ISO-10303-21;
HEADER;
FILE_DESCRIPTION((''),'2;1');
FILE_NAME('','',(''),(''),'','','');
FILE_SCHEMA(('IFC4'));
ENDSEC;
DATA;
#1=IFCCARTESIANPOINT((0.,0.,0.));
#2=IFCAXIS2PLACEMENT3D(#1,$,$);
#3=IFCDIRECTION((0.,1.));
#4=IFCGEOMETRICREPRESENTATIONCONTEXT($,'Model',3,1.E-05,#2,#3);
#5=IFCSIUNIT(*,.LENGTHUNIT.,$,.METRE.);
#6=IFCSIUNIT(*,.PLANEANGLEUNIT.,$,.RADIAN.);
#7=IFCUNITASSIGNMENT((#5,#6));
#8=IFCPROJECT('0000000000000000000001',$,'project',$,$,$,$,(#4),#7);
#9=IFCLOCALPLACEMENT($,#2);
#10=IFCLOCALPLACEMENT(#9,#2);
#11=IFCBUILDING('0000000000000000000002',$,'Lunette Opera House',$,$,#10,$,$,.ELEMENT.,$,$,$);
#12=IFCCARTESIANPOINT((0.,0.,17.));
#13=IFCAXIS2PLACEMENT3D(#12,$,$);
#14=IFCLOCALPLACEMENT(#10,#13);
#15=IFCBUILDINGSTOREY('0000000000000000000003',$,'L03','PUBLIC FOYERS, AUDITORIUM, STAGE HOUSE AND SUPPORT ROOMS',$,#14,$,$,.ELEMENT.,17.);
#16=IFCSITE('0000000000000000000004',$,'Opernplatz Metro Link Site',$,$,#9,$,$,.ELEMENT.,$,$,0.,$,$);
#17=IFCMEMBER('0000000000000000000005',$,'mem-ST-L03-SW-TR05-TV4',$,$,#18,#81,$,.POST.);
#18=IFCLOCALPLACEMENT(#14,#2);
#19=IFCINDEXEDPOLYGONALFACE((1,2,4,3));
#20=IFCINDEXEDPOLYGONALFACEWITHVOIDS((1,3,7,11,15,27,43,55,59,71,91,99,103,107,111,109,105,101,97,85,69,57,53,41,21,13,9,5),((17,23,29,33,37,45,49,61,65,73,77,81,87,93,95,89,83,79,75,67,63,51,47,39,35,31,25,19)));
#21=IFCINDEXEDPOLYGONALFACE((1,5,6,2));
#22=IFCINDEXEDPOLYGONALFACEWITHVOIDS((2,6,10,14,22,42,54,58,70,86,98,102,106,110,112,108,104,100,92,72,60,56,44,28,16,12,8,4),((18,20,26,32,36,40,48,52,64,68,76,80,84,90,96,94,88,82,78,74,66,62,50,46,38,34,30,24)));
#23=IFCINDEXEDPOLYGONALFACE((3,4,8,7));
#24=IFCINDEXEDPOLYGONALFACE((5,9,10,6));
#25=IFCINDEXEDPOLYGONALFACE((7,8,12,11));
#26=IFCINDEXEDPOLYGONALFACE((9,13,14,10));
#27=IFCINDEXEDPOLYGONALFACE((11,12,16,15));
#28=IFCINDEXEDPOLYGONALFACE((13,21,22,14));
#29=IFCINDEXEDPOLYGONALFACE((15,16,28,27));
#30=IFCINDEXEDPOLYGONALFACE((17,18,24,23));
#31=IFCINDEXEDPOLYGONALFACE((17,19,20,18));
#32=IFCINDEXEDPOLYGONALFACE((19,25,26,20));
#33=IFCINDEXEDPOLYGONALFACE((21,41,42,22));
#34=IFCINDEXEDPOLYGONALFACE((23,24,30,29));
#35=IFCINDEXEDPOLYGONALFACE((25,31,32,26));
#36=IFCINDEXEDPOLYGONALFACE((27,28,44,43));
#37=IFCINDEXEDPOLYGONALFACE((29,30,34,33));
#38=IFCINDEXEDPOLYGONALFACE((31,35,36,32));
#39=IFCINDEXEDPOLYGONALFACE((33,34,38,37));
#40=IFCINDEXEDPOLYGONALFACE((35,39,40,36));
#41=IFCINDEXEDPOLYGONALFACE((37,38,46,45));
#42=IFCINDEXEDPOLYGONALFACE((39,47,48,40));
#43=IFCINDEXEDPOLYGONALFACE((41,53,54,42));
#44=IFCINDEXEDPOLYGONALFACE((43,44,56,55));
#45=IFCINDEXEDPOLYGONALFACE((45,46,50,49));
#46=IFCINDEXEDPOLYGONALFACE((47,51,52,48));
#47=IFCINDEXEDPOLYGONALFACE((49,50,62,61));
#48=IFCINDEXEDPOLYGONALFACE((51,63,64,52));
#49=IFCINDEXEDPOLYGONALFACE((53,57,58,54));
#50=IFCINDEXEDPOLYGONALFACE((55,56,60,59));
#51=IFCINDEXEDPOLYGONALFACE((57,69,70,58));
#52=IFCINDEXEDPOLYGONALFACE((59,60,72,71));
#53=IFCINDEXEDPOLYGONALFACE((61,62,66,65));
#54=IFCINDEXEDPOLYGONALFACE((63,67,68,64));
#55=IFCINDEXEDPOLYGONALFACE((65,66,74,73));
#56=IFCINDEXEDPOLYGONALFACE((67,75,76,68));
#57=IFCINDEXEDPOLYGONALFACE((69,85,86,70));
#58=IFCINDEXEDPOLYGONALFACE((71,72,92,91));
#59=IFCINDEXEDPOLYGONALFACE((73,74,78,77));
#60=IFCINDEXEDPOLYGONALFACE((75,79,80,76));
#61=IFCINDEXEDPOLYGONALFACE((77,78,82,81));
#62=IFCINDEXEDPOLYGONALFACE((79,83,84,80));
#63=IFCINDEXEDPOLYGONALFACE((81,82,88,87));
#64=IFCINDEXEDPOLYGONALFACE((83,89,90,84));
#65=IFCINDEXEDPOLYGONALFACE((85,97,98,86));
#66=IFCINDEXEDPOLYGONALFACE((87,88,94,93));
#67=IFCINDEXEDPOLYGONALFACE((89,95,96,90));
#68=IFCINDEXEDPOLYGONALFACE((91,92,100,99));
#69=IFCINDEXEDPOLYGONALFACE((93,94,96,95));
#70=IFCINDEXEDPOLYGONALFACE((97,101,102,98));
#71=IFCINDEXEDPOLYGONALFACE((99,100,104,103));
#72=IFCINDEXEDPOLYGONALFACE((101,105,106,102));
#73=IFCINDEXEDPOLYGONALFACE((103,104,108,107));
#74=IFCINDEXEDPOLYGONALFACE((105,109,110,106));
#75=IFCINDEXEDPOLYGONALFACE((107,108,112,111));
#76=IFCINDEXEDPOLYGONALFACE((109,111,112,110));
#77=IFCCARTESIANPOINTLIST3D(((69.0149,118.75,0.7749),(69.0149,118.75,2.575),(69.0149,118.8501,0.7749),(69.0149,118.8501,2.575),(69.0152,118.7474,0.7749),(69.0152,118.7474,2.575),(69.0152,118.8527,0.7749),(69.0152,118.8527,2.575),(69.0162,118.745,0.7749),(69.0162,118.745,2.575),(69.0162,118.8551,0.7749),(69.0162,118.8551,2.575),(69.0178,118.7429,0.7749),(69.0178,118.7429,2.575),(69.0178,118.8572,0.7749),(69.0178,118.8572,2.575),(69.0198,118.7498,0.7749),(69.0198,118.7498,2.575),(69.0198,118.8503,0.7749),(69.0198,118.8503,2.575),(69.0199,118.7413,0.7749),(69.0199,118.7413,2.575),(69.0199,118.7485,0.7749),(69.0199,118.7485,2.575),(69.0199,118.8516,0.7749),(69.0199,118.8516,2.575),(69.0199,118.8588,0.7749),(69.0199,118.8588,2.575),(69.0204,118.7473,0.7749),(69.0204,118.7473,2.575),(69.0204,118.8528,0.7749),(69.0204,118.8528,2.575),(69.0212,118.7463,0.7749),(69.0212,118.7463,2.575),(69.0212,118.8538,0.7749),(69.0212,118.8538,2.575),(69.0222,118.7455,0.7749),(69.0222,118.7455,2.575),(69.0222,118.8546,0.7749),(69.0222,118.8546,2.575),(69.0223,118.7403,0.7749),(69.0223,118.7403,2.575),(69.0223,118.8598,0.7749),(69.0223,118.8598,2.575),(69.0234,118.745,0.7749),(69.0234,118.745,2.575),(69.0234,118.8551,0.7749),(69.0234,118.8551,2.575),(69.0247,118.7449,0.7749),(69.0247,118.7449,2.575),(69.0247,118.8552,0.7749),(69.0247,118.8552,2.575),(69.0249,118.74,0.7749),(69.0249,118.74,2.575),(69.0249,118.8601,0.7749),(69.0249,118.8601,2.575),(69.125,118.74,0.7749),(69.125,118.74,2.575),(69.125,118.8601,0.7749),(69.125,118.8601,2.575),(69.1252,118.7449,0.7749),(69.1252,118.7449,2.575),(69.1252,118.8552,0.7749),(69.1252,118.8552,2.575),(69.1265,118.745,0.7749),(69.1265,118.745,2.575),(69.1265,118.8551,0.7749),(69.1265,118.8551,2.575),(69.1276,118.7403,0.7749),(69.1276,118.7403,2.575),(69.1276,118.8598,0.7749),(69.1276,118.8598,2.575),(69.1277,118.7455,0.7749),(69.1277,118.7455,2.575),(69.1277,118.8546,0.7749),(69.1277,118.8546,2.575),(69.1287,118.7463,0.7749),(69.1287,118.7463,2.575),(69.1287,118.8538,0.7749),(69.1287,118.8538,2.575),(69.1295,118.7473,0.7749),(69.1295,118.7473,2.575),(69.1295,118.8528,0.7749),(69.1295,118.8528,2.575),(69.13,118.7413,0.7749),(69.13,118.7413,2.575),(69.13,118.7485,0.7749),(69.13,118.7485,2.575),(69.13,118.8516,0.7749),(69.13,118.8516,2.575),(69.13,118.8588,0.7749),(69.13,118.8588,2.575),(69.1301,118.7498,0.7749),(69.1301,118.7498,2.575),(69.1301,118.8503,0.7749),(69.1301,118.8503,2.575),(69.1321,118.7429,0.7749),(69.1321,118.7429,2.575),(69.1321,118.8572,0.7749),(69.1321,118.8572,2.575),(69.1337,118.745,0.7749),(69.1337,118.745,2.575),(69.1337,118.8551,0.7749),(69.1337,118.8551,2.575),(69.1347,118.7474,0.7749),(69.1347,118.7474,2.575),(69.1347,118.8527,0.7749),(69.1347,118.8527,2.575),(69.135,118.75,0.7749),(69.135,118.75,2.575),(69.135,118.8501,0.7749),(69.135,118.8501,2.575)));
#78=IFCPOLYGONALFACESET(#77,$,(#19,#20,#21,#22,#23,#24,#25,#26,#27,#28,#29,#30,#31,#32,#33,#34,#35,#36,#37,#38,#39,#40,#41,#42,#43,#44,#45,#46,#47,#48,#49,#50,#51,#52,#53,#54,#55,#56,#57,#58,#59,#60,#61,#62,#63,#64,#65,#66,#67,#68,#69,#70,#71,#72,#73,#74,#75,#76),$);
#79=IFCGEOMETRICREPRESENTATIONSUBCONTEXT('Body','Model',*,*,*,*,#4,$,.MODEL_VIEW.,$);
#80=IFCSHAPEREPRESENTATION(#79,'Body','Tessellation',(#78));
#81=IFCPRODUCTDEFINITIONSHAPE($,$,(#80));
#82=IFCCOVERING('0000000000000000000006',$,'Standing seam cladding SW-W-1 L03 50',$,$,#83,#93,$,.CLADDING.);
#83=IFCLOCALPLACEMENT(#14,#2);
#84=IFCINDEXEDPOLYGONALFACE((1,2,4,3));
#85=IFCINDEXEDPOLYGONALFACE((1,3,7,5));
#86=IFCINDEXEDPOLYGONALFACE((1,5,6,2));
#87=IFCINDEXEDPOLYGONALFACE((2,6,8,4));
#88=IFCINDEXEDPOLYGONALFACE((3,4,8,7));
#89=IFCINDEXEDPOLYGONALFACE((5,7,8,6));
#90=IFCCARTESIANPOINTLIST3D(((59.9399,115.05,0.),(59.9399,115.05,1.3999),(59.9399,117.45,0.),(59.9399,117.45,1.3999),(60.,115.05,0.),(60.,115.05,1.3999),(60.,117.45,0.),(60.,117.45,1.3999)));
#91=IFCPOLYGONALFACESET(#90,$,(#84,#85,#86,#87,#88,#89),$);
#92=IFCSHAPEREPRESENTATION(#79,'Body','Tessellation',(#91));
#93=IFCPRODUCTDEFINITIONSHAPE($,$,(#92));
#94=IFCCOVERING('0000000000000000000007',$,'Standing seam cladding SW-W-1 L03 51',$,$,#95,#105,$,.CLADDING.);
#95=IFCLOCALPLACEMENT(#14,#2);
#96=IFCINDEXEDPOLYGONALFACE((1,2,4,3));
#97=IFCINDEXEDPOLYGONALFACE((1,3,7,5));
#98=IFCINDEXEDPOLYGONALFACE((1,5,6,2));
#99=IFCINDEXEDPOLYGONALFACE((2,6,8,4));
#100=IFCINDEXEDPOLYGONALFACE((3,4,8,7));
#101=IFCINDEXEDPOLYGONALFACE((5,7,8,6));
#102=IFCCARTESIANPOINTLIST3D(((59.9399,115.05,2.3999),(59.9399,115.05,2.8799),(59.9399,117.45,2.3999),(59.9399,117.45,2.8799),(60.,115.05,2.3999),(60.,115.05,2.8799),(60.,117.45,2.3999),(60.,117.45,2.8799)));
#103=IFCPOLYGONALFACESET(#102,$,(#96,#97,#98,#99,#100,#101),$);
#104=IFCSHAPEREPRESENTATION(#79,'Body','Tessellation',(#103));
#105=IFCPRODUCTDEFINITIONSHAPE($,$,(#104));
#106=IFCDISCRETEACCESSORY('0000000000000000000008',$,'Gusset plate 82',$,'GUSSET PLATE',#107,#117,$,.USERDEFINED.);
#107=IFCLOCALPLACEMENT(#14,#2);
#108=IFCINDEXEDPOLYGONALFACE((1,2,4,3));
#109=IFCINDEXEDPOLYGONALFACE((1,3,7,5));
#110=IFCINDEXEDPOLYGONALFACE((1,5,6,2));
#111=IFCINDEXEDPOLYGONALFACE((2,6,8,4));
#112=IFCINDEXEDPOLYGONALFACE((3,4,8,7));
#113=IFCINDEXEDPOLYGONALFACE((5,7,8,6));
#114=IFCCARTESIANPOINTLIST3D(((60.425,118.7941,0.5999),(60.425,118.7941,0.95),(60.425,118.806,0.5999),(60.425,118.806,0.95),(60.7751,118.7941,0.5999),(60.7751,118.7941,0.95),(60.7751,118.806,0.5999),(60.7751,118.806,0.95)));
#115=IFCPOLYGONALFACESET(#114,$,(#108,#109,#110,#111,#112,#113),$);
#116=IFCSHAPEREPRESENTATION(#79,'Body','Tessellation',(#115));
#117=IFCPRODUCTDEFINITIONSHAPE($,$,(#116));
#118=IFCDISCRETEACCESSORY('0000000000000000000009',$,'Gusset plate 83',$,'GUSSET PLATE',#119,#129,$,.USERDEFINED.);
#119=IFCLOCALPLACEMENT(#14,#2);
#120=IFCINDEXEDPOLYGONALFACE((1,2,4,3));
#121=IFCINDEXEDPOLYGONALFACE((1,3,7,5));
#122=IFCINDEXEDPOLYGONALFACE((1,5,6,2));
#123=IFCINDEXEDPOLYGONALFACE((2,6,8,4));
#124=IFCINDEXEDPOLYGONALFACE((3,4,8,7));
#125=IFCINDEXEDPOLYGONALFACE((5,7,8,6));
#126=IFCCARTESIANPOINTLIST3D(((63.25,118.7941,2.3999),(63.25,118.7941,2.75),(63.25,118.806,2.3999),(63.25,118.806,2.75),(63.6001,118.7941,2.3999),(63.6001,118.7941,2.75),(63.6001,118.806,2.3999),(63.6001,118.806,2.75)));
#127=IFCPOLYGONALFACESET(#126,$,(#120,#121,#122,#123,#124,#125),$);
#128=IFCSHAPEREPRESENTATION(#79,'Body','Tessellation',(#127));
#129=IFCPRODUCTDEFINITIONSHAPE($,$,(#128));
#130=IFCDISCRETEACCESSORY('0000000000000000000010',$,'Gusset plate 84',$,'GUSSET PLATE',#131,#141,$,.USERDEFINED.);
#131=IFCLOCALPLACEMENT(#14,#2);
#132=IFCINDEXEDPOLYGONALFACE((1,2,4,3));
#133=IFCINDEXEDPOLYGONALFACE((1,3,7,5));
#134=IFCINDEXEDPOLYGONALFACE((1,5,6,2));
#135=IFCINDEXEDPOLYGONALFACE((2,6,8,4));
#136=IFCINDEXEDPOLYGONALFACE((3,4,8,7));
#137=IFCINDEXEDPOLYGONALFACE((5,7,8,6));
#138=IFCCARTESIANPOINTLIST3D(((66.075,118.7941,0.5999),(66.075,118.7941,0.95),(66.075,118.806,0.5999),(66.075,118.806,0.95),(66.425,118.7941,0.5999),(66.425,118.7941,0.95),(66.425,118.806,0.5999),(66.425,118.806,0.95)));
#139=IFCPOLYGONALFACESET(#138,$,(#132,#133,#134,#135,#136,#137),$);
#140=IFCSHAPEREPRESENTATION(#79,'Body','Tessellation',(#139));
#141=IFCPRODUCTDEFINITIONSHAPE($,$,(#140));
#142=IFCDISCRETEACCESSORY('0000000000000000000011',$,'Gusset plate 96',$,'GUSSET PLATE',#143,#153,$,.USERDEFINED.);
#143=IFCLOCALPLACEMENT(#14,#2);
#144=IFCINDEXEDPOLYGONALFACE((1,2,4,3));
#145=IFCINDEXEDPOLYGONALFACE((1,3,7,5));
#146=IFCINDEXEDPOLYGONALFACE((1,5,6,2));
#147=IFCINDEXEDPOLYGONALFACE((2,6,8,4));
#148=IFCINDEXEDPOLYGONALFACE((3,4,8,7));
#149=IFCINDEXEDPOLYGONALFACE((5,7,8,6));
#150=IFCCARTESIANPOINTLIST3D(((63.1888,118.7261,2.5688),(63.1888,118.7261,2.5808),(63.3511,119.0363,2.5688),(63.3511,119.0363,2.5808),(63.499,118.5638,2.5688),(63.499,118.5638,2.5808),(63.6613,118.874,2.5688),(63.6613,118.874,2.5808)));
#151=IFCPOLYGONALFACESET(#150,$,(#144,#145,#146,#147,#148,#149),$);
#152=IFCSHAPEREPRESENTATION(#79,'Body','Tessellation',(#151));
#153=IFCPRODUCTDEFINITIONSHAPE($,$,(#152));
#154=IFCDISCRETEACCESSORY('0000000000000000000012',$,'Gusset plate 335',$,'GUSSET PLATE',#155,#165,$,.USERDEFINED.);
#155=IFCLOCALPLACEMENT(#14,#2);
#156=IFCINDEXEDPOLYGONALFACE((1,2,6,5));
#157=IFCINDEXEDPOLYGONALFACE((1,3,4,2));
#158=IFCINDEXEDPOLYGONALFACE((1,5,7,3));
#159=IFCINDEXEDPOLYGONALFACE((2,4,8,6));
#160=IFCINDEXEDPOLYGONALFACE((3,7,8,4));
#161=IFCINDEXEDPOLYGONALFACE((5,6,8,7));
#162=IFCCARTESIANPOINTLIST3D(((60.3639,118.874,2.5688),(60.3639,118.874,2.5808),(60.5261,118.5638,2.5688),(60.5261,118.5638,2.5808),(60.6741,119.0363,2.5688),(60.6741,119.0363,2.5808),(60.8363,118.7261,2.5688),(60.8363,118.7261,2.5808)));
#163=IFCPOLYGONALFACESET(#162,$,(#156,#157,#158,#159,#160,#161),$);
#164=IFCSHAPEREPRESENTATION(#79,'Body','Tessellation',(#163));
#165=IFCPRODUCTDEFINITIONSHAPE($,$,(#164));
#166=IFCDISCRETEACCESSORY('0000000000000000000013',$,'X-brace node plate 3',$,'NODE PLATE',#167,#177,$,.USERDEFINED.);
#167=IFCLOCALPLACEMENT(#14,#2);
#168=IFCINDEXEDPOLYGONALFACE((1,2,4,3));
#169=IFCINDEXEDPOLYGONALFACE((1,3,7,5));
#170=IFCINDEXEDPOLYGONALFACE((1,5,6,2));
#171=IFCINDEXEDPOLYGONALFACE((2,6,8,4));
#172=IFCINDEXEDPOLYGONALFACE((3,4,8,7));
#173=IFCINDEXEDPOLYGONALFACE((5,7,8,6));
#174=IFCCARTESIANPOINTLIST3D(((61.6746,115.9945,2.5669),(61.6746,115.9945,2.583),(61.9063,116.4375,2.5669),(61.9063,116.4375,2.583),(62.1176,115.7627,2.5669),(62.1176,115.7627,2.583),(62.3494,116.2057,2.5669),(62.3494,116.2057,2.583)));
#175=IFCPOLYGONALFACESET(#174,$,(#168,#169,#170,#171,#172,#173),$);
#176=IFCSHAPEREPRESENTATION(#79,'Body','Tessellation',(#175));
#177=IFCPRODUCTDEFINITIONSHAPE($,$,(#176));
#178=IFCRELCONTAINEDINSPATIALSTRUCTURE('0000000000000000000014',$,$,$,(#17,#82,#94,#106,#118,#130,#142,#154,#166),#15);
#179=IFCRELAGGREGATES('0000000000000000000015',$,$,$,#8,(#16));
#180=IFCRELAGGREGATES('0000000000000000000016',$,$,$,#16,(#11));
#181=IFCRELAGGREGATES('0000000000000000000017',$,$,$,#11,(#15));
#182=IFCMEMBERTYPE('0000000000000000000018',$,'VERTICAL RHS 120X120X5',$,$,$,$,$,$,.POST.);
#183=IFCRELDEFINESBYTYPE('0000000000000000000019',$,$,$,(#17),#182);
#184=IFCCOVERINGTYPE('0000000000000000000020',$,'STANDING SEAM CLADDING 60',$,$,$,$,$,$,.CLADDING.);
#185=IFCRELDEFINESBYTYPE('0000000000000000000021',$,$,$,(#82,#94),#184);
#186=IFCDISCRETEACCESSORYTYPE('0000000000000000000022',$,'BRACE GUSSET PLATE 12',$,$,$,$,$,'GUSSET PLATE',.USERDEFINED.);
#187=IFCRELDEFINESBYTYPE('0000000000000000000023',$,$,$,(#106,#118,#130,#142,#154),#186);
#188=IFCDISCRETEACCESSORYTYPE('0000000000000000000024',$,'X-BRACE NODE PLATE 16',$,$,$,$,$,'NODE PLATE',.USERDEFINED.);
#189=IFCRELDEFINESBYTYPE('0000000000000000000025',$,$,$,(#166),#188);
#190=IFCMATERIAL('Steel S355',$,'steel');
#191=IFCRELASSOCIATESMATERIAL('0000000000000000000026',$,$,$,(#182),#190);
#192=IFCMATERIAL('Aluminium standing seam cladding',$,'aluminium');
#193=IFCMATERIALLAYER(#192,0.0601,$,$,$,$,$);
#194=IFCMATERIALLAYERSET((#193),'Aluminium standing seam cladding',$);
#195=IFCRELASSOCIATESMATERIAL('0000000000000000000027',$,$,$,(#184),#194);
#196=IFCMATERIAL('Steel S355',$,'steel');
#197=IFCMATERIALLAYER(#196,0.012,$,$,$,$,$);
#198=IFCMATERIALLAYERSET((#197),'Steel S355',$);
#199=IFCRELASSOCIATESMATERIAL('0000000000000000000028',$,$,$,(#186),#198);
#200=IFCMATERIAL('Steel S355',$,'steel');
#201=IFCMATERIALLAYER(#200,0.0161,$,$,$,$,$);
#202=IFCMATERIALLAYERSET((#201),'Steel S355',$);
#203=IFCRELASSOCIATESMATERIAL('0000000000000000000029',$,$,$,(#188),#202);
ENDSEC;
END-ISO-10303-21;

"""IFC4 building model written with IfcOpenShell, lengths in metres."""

from ifc_helpers import new_model, si_unit, direction, frame, origin, origin_2d, place, context, subcontext, project, spatial, rectangle, hollow_rectangle, extrude, material, layer, layer_set, material_profile, profile_set, type_object, element, save


model = new_model("IFC4")

# Units and contexts
model_context = context("Model", 3, precision=1e-05, world=origin(), true_north=direction((0.0, 1.0)))
body_context = subcontext(model_context, "Body", "Model", "MODEL_VIEW")
ifc_project = project(units=[si_unit("LENGTHUNIT", "METRE"), si_unit("PLANEANGLEUNIT", "RADIAN")], contexts=[model_context])

# Site, building, storey
site_placement = place(None, origin())
site = spatial("IfcSite", under=ifc_project, at=site_placement, Name="Opernplatz Metro Link Site", CompositionType="ELEMENT", RefElevation=0.0)
building_placement = place(site_placement, origin())
building = spatial("IfcBuilding", under=site, at=building_placement, Name="Lunette Opera House", CompositionType="ELEMENT")
storey_placement = place(building_placement, frame((0.0, 0.0, 17.0)))
storey = spatial("IfcBuildingStorey", under=building, at=storey_placement, Name="L03", Description="PUBLIC FOYERS, AUDITORIUM, STAGE HOUSE AND SUPPORT ROOMS", CompositionType="ELEMENT", Elevation=17.0)

# Member
ifc_material_1 = material(Name="Steel S355", Category="steel")
ifc_material_profile_1 = material_profile(ifc_material_1, hollow_rectangle(XDim=0.1201, YDim=0.1201, WallThickness=0.0049, InnerFilletRadius=0.0049, OuterFilletRadius=0.01, at=origin_2d()), Name="RHS 120X120X5")
ifc_profile_set_1 = profile_set([ifc_material_profile_1], Name="Steel S355")
member_type_1 = type_object("IfcMemberType", Name="VERTICAL RHS 120X120X5", PredefinedType="POST", material=ifc_profile_set_1)
for number, where, z_axis, x_axis, name in (
    (1, (69.075, 118.8, 0.7749), (0.0, 0.0, 1.0), (1.0, 0.0, 0.0), "mem-ST-L03-SW-TR05-TV4"),
):
    element("IfcMember", number, at=place(storey_placement, frame(where, z_axis=z_axis, x_axis=x_axis)), inside=storey, type_object=member_type_1, Name=name, PredefinedType="POST", context=body_context, shape_type="SweptSolid", body=[
        extrude(hollow_rectangle(XDim=0.1201, YDim=0.1201, WallThickness=0.0049, InnerFilletRadius=0.0049, OuterFilletRadius=0.01, at=origin_2d()), origin(), (0.0, 0.0, 1.0), 1.8),
    ])

# Coverings
ifc_material_2 = material(Name="Aluminium standing seam cladding", Category="aluminium")
ifc_layer_1 = layer(ifc_material_2, 0.0601)
ifc_layer_set_1 = layer_set([ifc_layer_1], Name="Aluminium standing seam cladding")
covering_type = type_object("IfcCoveringType", Name="STANDING SEAM CLADDING 60", PredefinedType="CLADDING", material=ifc_layer_set_1)
covering_1_placement = place(storey_placement, frame((59.97, 116.25, 0.0), z_axis=(0.0, 0.0, 1.0), x_axis=(0.0, 1.0, 0.0)))
element("IfcCovering", 2, at=covering_1_placement, inside=storey, type_object=covering_type, Name="Standing seam cladding SW-W-1 L03 50", PredefinedType="CLADDING", context=body_context, shape_type="SweptSolid", body=[
    extrude(rectangle(XDim=2.3999, YDim=0.0601, at=origin_2d()), origin(), (0.0, 0.0, 1.0), 1.3999),
])
covering_2_placement = place(storey_placement, frame((59.97, 116.25, 2.3999), z_axis=(0.0, 0.0, 1.0), x_axis=(0.0, 1.0, 0.0)))
element("IfcCovering", 3, at=covering_2_placement, inside=storey, type_object=covering_type, Name="Standing seam cladding SW-W-1 L03 51", PredefinedType="CLADDING", context=body_context, shape_type="SweptSolid", body=[
    extrude(rectangle(XDim=2.3999, YDim=0.0601, at=origin_2d()), origin(), (0.0, 0.0, 1.0), 0.48),
])

# Discrete accessories
ifc_material_3 = material(Name="Steel S355", Category="steel")
ifc_layer_2 = layer(ifc_material_3, 0.012)
ifc_layer_set_2 = layer_set([ifc_layer_2], Name="Steel S355")
discrete_accessory_type_1 = type_object("IfcDiscreteAccessoryType", Name="BRACE GUSSET PLATE 12", ElementType="GUSSET PLATE", PredefinedType="USERDEFINED", material=ifc_layer_set_2)
for number, where, z_axis, x_axis, name in (
    (4, (60.6001, 118.8, 0.5999), (0.0, 0.0, 1.0), (1.0, 0.0, 0.0), "Gusset plate 82"),
    (5, (63.425, 118.8, 2.3999), (0.0, 0.0, 1.0), (1.0, 0.0, 0.0), "Gusset plate 83"),
    (6, (66.25, 118.8, 0.5999), (0.0, 0.0, 1.0), (1.0, 0.0, 0.0), "Gusset plate 84"),
):
    element("IfcDiscreteAccessory", number, at=place(storey_placement, frame(where, z_axis=z_axis, x_axis=x_axis)), inside=storey, type_object=discrete_accessory_type_1, Name=name, ObjectType="GUSSET PLATE", PredefinedType="USERDEFINED", context=body_context, shape_type="SweptSolid", body=[
        extrude(rectangle(XDim=0.3501, YDim=0.012, at=origin_2d()), origin(), (0.0, 0.0, 1.0), 0.3501),
    ])
for number, where, z_axis, x_axis, name in (
    (7, (63.425, 118.8, 2.5688), (0.0, 0.0, 1.0), (0.463547, 0.886073, 0.0), "Gusset plate 96"),
    (8, (60.6001, 118.8, 2.5688), (0.0, 0.0, 1.0), (-0.463418, 0.88614, 0.0), "Gusset plate 335"),
):
    element("IfcDiscreteAccessory", number, at=place(storey_placement, frame(where, z_axis=z_axis, x_axis=x_axis)), inside=storey, type_object=discrete_accessory_type_1, Name=name, ObjectType="GUSSET PLATE", PredefinedType="USERDEFINED", context=body_context, shape_type="SweptSolid", body=[
        extrude(rectangle(XDim=0.3501, YDim=0.3501, at=origin_2d()), origin(), (0.0, 0.0, 1.0), 0.012),
    ])
ifc_material_4 = material(Name="Steel S355", Category="steel")
ifc_layer_3 = layer(ifc_material_4, 0.0161)
ifc_layer_set_3 = layer_set([ifc_layer_3], Name="Steel S355")
discrete_accessory_type_2 = type_object("IfcDiscreteAccessoryType", Name="X-BRACE NODE PLATE 16", ElementType="NODE PLATE", PredefinedType="USERDEFINED", material=ifc_layer_set_3)
discrete_accessory_placement = place(storey_placement, frame((62.012, 116.1001, 2.5669), z_axis=(0.0, 0.0, 1.0), x_axis=(0.463547, 0.886073, 0.0)))
element("IfcDiscreteAccessory", 9, at=discrete_accessory_placement, inside=storey, type_object=discrete_accessory_type_2, Name="X-brace node plate 3", ObjectType="NODE PLATE", PredefinedType="USERDEFINED", context=body_context, shape_type="SweptSolid", body=[
    extrude(rectangle(XDim=0.5, YDim=0.5, at=origin_2d()), origin(), (0.0, 0.0, 1.0), 0.0161),
])

save(model, "model.ifc")
